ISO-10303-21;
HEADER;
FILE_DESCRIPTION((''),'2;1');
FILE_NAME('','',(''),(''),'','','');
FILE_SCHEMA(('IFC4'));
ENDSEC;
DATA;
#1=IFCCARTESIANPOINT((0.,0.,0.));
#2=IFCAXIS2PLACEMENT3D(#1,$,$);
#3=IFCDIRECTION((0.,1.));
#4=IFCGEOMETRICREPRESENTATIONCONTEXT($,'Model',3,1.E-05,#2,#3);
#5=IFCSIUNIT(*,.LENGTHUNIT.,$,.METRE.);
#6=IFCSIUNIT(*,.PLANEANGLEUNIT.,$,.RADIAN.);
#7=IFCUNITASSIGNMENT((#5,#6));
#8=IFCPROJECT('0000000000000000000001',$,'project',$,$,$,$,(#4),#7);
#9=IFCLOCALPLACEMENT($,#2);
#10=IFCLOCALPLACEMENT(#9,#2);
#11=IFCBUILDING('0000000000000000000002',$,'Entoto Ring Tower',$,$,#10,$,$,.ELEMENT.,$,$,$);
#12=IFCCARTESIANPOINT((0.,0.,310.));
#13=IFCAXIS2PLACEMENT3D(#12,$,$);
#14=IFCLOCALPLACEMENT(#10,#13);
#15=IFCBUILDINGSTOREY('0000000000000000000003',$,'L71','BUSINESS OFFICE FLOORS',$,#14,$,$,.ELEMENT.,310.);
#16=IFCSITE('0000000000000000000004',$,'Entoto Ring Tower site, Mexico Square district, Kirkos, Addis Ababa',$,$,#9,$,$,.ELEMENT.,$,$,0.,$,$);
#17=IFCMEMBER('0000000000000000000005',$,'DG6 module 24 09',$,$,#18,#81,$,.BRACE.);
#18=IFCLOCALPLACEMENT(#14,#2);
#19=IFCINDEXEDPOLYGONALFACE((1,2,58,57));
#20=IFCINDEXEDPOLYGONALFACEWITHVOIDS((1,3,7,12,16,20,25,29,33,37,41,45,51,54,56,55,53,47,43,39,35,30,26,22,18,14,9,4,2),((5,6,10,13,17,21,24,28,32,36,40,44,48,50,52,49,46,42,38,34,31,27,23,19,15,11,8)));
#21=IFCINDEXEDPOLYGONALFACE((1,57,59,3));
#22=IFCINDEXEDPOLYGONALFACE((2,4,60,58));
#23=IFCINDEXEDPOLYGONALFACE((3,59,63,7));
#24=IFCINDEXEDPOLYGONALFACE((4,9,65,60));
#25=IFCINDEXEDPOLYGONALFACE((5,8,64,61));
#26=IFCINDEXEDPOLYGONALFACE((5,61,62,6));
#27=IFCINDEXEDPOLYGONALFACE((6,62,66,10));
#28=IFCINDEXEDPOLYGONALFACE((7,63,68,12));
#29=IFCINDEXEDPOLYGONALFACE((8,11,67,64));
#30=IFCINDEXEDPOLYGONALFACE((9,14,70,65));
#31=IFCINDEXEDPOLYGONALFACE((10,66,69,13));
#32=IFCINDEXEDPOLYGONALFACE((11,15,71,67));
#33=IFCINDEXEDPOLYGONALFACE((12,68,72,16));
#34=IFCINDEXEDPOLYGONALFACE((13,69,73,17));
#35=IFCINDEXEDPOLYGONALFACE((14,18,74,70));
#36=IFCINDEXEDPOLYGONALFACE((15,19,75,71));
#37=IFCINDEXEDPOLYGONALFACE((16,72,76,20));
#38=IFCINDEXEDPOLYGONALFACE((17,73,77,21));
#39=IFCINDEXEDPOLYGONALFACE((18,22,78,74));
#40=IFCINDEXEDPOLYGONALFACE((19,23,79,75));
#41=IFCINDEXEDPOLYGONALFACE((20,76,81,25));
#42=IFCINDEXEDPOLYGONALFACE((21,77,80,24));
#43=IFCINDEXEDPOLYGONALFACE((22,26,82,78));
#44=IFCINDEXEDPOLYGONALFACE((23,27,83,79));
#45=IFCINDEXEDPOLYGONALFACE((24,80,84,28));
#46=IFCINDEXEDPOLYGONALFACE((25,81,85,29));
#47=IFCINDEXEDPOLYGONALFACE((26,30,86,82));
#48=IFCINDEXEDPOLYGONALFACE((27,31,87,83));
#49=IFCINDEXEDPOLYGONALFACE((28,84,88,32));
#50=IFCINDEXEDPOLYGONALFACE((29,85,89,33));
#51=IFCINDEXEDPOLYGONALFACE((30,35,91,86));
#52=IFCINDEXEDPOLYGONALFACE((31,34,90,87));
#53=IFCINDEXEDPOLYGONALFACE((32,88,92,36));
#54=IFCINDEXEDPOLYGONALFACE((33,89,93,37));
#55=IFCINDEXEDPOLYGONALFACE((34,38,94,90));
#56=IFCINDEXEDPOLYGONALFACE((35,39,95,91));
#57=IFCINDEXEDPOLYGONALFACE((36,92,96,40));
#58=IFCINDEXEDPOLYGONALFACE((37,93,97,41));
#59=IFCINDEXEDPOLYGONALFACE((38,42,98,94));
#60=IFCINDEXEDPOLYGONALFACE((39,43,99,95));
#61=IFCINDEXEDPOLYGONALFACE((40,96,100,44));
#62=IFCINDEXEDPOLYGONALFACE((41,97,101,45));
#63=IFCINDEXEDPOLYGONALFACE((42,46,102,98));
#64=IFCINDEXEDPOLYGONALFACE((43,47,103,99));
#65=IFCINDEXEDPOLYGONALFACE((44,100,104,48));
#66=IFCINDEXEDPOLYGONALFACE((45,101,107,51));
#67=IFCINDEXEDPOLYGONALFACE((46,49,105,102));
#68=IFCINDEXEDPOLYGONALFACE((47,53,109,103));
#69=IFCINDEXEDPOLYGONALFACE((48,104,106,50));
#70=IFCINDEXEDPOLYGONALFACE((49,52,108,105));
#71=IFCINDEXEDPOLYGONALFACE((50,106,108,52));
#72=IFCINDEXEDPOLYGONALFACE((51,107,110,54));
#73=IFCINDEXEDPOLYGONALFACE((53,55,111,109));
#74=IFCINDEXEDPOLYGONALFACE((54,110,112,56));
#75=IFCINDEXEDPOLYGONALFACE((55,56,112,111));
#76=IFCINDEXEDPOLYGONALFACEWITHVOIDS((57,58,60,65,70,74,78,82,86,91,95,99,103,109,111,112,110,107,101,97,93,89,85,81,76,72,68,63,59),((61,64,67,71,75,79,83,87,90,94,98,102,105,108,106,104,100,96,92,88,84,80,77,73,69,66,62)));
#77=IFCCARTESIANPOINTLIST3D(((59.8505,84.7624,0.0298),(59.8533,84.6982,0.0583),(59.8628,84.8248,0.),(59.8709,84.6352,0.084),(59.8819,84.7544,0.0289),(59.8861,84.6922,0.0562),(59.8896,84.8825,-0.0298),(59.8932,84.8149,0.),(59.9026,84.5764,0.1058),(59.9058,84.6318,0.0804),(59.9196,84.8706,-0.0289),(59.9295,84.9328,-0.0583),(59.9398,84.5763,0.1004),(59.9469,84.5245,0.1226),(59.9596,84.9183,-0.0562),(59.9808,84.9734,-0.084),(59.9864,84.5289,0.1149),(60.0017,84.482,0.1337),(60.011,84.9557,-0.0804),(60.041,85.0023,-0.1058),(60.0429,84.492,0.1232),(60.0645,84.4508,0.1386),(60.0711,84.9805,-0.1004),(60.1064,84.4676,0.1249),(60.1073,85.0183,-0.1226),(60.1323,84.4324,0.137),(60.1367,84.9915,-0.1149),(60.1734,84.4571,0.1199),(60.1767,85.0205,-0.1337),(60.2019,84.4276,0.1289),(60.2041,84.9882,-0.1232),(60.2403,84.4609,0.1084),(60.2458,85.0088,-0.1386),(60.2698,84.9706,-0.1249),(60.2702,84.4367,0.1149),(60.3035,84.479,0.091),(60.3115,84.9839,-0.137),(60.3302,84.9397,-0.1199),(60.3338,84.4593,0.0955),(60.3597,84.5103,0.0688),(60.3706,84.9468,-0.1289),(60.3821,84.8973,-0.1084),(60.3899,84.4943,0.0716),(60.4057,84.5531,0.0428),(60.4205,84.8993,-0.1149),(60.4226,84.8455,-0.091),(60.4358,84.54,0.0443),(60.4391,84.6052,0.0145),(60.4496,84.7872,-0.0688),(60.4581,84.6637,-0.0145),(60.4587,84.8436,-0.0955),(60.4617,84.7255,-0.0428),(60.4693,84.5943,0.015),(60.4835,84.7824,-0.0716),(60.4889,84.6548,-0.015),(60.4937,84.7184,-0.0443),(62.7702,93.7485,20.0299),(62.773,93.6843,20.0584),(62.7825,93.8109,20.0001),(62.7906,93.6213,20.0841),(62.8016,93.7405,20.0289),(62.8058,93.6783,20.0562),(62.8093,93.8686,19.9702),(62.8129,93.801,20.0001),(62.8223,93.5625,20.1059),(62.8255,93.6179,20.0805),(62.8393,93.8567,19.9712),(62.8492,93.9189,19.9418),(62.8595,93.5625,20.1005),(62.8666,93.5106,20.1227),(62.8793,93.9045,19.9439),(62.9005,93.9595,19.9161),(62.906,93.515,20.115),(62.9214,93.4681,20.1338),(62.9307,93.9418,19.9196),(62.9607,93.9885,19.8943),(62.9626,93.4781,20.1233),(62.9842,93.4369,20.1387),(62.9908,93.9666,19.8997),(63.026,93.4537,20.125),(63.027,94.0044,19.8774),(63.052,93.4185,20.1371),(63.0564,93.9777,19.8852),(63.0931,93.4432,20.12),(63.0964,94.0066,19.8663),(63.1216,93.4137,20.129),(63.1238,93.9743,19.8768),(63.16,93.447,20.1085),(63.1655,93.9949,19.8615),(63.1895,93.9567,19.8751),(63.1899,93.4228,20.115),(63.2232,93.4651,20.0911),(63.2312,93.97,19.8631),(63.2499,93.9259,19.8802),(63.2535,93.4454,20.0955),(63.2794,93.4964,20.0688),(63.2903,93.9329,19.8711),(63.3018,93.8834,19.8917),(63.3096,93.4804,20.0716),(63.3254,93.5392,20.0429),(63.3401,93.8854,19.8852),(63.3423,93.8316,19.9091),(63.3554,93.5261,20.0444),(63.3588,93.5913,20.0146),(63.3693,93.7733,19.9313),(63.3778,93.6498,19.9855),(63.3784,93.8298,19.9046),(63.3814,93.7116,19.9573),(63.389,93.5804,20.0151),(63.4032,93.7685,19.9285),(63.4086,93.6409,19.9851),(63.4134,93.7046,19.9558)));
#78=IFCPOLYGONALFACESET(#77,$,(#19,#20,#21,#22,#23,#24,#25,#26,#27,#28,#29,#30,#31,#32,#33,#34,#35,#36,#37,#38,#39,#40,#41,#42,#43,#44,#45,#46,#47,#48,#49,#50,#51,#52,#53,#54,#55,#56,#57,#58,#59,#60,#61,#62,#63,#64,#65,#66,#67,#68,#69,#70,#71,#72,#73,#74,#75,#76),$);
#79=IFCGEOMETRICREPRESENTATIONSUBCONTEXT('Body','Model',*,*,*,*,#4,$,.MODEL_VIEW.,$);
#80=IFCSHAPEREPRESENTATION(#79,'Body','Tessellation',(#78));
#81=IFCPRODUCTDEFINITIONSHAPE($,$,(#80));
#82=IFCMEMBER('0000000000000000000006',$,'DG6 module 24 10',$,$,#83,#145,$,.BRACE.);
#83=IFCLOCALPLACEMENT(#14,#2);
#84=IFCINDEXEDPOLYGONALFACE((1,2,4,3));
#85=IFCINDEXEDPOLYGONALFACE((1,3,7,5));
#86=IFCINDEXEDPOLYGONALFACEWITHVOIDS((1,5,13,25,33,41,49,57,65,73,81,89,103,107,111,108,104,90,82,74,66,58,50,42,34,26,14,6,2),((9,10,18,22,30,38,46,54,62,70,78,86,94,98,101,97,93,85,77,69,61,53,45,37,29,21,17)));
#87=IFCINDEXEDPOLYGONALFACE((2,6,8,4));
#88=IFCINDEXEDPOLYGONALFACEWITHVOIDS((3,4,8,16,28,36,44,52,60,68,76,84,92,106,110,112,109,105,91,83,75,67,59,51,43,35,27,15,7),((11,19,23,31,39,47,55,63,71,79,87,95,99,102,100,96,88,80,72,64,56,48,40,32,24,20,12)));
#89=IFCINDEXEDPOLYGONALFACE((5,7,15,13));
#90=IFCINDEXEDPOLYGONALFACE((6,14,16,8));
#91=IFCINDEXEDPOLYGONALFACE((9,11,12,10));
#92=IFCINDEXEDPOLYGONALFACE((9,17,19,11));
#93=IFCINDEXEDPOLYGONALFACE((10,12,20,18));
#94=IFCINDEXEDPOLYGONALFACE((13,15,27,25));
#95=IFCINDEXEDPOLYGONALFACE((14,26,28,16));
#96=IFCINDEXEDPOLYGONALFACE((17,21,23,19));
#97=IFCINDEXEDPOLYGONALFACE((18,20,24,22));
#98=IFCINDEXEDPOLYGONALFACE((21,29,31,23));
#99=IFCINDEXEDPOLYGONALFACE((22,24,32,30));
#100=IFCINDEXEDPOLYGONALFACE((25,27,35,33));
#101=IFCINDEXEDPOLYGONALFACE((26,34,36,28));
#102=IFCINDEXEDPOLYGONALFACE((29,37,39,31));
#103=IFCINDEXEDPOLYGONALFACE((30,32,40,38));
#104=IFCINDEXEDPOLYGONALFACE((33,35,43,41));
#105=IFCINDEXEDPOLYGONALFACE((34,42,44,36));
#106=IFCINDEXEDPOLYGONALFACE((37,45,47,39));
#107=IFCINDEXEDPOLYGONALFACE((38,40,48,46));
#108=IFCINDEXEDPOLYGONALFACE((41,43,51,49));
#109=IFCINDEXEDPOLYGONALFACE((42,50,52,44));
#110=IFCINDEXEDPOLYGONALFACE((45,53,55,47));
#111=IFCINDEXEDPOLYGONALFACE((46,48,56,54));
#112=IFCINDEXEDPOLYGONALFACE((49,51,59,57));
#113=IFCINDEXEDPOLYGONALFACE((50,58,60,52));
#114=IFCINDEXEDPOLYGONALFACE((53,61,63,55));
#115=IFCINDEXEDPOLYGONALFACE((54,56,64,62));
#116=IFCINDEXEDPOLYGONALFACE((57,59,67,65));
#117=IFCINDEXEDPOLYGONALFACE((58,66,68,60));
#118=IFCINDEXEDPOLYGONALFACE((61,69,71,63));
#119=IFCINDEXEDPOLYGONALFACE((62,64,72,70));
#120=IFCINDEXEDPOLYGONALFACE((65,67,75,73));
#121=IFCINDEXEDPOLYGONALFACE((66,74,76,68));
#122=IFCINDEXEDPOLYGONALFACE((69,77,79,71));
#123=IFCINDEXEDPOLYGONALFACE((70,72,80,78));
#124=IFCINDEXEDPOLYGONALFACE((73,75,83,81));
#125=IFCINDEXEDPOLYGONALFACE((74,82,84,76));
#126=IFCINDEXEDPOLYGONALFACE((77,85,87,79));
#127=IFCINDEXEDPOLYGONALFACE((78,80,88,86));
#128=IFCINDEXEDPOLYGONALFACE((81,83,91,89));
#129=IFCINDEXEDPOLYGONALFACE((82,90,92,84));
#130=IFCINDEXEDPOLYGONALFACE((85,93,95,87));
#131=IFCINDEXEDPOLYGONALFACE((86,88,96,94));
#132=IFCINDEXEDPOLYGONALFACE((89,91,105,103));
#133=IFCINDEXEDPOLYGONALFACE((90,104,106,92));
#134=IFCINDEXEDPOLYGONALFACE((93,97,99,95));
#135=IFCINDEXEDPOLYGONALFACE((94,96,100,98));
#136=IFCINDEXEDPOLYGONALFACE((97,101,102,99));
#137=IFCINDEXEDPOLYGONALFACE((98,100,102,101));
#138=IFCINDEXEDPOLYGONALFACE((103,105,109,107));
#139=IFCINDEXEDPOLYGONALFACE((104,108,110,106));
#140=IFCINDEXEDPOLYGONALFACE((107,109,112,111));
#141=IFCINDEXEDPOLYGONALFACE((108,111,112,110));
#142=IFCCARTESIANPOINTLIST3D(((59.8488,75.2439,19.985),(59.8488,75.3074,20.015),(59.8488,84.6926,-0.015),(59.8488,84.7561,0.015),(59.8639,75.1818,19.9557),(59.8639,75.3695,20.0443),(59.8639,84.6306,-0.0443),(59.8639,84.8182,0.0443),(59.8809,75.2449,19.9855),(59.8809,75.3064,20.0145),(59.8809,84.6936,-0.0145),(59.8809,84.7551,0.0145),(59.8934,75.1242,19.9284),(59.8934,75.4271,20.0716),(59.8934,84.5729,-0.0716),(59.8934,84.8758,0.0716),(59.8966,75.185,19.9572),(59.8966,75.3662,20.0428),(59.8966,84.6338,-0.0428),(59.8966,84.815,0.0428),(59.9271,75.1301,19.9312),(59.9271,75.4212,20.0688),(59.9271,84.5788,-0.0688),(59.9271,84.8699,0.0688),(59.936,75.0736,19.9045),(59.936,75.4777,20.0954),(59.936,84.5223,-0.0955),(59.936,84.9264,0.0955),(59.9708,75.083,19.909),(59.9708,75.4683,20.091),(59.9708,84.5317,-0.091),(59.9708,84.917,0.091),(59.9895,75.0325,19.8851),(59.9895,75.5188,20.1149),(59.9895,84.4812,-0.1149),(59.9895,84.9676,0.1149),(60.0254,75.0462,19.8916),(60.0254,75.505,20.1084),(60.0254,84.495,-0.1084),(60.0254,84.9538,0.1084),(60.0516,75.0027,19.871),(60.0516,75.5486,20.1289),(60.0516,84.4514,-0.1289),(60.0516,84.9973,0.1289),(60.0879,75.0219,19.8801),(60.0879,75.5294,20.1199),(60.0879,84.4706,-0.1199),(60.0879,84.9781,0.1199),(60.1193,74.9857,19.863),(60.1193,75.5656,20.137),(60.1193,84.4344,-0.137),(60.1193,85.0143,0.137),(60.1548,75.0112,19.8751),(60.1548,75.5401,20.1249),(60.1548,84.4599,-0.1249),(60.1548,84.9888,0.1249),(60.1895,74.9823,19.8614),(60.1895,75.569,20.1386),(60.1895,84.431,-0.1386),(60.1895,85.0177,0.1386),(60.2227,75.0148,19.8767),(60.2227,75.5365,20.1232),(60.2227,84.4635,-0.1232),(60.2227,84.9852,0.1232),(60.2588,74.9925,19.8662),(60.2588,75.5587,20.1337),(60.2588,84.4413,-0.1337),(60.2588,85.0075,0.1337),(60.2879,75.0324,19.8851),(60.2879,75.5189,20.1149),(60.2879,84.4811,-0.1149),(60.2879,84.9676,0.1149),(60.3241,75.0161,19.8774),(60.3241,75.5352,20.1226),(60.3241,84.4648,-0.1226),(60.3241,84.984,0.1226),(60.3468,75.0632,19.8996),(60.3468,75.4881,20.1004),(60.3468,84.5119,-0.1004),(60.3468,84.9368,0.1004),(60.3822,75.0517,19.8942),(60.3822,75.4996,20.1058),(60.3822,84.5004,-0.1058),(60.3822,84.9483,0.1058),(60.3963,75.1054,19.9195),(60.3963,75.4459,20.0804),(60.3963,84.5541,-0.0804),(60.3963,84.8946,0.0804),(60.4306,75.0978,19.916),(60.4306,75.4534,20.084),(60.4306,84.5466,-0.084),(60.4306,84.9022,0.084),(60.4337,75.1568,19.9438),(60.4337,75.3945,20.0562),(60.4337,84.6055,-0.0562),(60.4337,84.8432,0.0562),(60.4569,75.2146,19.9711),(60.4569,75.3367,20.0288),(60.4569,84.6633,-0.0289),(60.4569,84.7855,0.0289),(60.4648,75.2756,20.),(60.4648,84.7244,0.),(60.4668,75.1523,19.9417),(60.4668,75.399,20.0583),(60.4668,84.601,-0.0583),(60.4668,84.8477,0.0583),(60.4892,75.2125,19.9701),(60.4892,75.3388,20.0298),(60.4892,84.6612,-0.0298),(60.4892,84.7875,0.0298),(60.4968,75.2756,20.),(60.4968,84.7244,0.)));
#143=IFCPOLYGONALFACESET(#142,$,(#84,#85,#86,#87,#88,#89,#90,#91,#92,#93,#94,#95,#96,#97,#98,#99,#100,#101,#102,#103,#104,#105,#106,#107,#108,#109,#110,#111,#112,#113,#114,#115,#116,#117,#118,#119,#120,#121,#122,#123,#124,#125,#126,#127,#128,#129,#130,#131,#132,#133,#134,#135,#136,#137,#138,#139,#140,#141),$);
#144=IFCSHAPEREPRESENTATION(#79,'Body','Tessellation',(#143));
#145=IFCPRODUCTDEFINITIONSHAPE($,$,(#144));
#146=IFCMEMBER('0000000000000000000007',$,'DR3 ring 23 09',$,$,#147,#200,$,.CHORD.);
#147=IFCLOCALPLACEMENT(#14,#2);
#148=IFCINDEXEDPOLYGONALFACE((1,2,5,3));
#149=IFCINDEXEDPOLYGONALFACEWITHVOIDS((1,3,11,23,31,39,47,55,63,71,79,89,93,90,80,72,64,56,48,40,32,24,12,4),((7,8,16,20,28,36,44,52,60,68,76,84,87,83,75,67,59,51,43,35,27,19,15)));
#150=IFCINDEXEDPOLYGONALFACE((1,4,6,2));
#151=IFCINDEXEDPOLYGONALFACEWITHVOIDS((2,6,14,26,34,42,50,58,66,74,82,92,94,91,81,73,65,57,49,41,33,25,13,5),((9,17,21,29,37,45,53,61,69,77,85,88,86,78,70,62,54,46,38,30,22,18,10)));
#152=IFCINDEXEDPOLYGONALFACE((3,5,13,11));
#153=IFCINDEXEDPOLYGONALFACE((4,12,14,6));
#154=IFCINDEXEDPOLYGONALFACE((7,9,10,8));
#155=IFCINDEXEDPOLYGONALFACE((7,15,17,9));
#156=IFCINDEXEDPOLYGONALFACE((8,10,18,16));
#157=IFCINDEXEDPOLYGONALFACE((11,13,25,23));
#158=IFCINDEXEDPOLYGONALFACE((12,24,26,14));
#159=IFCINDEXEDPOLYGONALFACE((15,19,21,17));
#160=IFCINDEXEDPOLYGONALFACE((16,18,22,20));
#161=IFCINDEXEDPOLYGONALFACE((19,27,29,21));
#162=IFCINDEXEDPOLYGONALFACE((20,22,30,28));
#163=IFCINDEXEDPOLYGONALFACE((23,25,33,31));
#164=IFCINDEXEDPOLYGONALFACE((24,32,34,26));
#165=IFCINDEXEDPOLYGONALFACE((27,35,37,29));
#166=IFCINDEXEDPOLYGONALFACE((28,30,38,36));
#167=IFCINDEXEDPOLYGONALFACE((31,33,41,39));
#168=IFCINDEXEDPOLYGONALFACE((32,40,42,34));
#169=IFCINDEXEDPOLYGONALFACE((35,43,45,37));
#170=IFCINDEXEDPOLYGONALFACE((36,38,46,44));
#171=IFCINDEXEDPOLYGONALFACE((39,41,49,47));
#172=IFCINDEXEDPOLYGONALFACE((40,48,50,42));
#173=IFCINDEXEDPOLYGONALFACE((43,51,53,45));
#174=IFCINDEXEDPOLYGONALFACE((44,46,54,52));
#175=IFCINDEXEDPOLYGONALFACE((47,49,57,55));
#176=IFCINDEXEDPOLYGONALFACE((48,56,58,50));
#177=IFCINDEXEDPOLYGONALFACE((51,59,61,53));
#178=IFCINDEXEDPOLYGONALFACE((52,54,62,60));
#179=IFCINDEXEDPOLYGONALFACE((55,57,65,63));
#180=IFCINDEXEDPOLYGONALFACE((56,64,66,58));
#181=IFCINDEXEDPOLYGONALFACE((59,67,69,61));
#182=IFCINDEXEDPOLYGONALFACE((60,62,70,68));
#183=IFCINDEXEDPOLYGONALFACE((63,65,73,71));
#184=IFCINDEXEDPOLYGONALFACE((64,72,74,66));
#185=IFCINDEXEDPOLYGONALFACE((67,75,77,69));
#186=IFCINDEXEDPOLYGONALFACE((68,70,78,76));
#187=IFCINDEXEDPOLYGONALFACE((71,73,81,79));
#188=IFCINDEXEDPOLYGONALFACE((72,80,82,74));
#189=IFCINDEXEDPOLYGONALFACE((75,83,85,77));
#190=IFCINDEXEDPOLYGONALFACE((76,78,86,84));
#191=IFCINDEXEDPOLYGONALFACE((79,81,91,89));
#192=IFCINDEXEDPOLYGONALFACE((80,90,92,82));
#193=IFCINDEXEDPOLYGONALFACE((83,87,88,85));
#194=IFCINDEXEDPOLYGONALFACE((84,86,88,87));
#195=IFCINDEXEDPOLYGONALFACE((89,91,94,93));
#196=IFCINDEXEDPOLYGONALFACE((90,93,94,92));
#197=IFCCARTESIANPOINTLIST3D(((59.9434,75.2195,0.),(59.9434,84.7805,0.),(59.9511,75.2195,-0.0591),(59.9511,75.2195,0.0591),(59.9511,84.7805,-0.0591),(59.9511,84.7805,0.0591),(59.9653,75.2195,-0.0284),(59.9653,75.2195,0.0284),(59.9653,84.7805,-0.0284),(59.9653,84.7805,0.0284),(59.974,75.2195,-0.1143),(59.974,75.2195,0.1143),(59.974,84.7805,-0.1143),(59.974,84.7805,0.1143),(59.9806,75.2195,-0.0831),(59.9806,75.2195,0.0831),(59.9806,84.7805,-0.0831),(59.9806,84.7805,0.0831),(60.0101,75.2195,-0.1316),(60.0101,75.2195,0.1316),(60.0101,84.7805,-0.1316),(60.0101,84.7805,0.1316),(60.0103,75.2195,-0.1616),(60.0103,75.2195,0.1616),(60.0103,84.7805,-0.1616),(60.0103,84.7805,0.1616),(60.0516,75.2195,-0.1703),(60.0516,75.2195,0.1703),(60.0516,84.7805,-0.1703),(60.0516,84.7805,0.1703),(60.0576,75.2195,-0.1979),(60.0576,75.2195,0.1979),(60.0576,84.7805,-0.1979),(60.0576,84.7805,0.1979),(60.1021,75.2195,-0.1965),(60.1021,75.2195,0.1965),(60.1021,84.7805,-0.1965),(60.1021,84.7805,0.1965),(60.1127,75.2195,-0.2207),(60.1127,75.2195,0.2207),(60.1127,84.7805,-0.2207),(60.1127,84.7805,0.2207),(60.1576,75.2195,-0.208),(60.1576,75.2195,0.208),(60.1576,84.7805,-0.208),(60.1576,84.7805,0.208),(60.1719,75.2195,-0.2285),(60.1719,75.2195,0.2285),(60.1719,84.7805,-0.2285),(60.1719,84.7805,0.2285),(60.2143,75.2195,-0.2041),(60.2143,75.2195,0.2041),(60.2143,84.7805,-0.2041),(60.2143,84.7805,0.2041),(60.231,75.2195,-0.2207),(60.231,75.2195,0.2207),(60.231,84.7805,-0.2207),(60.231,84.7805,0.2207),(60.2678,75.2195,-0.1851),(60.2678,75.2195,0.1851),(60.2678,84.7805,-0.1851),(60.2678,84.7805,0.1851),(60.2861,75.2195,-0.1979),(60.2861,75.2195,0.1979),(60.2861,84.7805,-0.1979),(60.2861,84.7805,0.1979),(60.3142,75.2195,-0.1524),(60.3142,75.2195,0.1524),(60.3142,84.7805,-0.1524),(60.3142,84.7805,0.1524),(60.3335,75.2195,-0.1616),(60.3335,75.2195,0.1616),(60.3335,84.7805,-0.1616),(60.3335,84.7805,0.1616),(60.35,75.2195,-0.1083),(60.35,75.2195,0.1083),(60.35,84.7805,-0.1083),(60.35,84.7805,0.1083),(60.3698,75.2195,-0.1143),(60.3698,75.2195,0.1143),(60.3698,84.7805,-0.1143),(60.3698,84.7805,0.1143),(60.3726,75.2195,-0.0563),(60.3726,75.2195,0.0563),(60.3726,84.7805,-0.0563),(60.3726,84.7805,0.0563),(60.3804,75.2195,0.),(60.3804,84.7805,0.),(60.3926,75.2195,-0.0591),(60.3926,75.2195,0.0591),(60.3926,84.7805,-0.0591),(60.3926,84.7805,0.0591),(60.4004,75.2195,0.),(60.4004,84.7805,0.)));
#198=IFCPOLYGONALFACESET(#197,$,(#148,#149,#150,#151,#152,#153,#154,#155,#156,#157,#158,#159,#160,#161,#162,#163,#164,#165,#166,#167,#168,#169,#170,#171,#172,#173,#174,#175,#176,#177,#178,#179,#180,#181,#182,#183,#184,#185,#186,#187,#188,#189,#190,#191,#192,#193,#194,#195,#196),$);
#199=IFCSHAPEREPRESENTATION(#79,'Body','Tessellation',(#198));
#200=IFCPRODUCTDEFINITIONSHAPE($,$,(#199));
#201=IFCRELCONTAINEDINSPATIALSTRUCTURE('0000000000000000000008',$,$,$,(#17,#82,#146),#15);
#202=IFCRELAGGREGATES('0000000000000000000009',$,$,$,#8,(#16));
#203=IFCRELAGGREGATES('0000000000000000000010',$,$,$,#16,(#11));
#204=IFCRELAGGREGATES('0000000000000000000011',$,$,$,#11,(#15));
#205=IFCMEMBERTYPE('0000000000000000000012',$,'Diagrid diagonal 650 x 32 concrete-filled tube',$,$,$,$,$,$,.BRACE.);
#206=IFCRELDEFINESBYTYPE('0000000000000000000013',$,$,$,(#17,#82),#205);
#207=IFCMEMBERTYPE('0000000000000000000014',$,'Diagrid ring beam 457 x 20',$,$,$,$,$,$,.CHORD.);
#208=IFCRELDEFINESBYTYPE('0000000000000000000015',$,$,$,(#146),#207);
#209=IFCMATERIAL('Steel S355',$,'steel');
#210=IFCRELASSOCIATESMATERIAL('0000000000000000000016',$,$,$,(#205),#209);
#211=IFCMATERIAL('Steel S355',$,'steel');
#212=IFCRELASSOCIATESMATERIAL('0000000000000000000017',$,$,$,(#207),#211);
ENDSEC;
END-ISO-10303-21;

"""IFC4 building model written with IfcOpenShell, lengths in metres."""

from ifc_helpers import new_model, si_unit, direction, frame, origin, origin_2d, place, context, subcontext, project, spatial, circle, hollow_circle, extrude, material, material_profile, profile_set, type_object, element, save


model = new_model("IFC4")

# Units and contexts
model_context = context("Model", 3, precision=1e-05, world=origin(), true_north=direction((0.0, 1.0)))
body_context = subcontext(model_context, "Body", "Model", "MODEL_VIEW")
ifc_project = project(units=[si_unit("LENGTHUNIT", "METRE"), si_unit("PLANEANGLEUNIT", "RADIAN")], contexts=[model_context])

# Site, building, storey
site_placement = place(None, origin())
site = spatial("IfcSite", under=ifc_project, at=site_placement, Name="Entoto Ring Tower site, Mexico Square district, Kirkos, Addis Ababa", CompositionType="ELEMENT", RefElevation=0.0)
building_placement = place(site_placement, origin())
building = spatial("IfcBuilding", under=site, at=building_placement, Name="Entoto Ring Tower", CompositionType="ELEMENT")
storey_placement = place(building_placement, frame((0.0, 0.0, 310.0)))
storey = spatial("IfcBuildingStorey", under=building, at=storey_placement, Name="L71", Description="BUSINESS OFFICE FLOORS", CompositionType="ELEMENT", Elevation=310.0)

# Members
ifc_material_1 = material(Name="Steel S355", Category="steel")
ifc_material_profile_1 = material_profile(ifc_material_1, hollow_circle(Radius=0.325, WallThickness=0.032, at=origin_2d()), Name="CHS 650 x 32")
ifc_material_2 = material(Name="Concrete C60/75", Category="concrete")
ifc_material_profile_2 = material_profile(ifc_material_2, circle(Radius=0.293, at=origin_2d()), Name="Concrete C60/75 infill")
ifc_profile_set_1 = profile_set([ifc_material_profile_1, ifc_material_profile_2], Name="Steel S355")
member_type_1 = type_object("IfcMemberType", Name="Diagrid diagonal 650 x 32 concrete-filled tube", PredefinedType="BRACE", material=ifc_profile_set_1)
for number, where, z_axis, x_axis, name in (
    (1, (60.1719, 84.7244, 0.0), (0.131995, 0.406251, 0.904178), (-0.951059, 0.30901, 0.0), "DG6 module 24 09"),
    (2, (60.1719, 84.7244, 0.0), (0.0, -0.427165, 0.904174), (1.0, 0.0, 0.0), "DG6 module 24 10"),
):
    element("IfcMember", number, at=place(storey_placement, frame(where, z_axis=z_axis, x_axis=x_axis)), inside=storey, type_object=member_type_1, Name=name, PredefinedType="BRACE", context=body_context, shape_type="SweptSolid", body=[
        extrude(hollow_circle(Radius=0.325, WallThickness=0.032, at=origin_2d()), origin(), (0.0, 0.0, 1.0), 22.1196),
    ])
ifc_material_3 = material(Name="Steel S355", Category="steel")
ifc_material_profile_3 = material_profile(ifc_material_3, hollow_circle(Radius=0.2285, WallThickness=0.02, at=origin_2d()), Name="CHS 457 x 20")
ifc_material_4 = material(Name="Concrete C60/75", Category="concrete")
ifc_material_profile_4 = material_profile(ifc_material_4, circle(Radius=0.2085, at=origin_2d()), Name="Concrete C60/75 infill")
ifc_profile_set_2 = profile_set([ifc_material_profile_3, ifc_material_profile_4], Name="Steel S355")
member_type_2 = type_object("IfcMemberType", Name="Diagrid ring beam 457 x 20", PredefinedType="CHORD", material=ifc_profile_set_2)
for number, where, z_axis, x_axis, name in (
    (3, (60.1719, 84.7805, 0.0), (0.0, -1.0, 0.0), (1.0, 0.0, 0.0), "DR3 ring 23 09"),
):
    element("IfcMember", number, at=place(storey_placement, frame(where, z_axis=z_axis, x_axis=x_axis)), inside=storey, type_object=member_type_2, Name=name, PredefinedType="CHORD", context=body_context, shape_type="SweptSolid", body=[
        extrude(hollow_circle(Radius=0.2285, WallThickness=0.02, at=origin_2d()), origin(), (0.0, 0.0, 1.0), 9.561),
    ])

save(model, "model.ifc")
